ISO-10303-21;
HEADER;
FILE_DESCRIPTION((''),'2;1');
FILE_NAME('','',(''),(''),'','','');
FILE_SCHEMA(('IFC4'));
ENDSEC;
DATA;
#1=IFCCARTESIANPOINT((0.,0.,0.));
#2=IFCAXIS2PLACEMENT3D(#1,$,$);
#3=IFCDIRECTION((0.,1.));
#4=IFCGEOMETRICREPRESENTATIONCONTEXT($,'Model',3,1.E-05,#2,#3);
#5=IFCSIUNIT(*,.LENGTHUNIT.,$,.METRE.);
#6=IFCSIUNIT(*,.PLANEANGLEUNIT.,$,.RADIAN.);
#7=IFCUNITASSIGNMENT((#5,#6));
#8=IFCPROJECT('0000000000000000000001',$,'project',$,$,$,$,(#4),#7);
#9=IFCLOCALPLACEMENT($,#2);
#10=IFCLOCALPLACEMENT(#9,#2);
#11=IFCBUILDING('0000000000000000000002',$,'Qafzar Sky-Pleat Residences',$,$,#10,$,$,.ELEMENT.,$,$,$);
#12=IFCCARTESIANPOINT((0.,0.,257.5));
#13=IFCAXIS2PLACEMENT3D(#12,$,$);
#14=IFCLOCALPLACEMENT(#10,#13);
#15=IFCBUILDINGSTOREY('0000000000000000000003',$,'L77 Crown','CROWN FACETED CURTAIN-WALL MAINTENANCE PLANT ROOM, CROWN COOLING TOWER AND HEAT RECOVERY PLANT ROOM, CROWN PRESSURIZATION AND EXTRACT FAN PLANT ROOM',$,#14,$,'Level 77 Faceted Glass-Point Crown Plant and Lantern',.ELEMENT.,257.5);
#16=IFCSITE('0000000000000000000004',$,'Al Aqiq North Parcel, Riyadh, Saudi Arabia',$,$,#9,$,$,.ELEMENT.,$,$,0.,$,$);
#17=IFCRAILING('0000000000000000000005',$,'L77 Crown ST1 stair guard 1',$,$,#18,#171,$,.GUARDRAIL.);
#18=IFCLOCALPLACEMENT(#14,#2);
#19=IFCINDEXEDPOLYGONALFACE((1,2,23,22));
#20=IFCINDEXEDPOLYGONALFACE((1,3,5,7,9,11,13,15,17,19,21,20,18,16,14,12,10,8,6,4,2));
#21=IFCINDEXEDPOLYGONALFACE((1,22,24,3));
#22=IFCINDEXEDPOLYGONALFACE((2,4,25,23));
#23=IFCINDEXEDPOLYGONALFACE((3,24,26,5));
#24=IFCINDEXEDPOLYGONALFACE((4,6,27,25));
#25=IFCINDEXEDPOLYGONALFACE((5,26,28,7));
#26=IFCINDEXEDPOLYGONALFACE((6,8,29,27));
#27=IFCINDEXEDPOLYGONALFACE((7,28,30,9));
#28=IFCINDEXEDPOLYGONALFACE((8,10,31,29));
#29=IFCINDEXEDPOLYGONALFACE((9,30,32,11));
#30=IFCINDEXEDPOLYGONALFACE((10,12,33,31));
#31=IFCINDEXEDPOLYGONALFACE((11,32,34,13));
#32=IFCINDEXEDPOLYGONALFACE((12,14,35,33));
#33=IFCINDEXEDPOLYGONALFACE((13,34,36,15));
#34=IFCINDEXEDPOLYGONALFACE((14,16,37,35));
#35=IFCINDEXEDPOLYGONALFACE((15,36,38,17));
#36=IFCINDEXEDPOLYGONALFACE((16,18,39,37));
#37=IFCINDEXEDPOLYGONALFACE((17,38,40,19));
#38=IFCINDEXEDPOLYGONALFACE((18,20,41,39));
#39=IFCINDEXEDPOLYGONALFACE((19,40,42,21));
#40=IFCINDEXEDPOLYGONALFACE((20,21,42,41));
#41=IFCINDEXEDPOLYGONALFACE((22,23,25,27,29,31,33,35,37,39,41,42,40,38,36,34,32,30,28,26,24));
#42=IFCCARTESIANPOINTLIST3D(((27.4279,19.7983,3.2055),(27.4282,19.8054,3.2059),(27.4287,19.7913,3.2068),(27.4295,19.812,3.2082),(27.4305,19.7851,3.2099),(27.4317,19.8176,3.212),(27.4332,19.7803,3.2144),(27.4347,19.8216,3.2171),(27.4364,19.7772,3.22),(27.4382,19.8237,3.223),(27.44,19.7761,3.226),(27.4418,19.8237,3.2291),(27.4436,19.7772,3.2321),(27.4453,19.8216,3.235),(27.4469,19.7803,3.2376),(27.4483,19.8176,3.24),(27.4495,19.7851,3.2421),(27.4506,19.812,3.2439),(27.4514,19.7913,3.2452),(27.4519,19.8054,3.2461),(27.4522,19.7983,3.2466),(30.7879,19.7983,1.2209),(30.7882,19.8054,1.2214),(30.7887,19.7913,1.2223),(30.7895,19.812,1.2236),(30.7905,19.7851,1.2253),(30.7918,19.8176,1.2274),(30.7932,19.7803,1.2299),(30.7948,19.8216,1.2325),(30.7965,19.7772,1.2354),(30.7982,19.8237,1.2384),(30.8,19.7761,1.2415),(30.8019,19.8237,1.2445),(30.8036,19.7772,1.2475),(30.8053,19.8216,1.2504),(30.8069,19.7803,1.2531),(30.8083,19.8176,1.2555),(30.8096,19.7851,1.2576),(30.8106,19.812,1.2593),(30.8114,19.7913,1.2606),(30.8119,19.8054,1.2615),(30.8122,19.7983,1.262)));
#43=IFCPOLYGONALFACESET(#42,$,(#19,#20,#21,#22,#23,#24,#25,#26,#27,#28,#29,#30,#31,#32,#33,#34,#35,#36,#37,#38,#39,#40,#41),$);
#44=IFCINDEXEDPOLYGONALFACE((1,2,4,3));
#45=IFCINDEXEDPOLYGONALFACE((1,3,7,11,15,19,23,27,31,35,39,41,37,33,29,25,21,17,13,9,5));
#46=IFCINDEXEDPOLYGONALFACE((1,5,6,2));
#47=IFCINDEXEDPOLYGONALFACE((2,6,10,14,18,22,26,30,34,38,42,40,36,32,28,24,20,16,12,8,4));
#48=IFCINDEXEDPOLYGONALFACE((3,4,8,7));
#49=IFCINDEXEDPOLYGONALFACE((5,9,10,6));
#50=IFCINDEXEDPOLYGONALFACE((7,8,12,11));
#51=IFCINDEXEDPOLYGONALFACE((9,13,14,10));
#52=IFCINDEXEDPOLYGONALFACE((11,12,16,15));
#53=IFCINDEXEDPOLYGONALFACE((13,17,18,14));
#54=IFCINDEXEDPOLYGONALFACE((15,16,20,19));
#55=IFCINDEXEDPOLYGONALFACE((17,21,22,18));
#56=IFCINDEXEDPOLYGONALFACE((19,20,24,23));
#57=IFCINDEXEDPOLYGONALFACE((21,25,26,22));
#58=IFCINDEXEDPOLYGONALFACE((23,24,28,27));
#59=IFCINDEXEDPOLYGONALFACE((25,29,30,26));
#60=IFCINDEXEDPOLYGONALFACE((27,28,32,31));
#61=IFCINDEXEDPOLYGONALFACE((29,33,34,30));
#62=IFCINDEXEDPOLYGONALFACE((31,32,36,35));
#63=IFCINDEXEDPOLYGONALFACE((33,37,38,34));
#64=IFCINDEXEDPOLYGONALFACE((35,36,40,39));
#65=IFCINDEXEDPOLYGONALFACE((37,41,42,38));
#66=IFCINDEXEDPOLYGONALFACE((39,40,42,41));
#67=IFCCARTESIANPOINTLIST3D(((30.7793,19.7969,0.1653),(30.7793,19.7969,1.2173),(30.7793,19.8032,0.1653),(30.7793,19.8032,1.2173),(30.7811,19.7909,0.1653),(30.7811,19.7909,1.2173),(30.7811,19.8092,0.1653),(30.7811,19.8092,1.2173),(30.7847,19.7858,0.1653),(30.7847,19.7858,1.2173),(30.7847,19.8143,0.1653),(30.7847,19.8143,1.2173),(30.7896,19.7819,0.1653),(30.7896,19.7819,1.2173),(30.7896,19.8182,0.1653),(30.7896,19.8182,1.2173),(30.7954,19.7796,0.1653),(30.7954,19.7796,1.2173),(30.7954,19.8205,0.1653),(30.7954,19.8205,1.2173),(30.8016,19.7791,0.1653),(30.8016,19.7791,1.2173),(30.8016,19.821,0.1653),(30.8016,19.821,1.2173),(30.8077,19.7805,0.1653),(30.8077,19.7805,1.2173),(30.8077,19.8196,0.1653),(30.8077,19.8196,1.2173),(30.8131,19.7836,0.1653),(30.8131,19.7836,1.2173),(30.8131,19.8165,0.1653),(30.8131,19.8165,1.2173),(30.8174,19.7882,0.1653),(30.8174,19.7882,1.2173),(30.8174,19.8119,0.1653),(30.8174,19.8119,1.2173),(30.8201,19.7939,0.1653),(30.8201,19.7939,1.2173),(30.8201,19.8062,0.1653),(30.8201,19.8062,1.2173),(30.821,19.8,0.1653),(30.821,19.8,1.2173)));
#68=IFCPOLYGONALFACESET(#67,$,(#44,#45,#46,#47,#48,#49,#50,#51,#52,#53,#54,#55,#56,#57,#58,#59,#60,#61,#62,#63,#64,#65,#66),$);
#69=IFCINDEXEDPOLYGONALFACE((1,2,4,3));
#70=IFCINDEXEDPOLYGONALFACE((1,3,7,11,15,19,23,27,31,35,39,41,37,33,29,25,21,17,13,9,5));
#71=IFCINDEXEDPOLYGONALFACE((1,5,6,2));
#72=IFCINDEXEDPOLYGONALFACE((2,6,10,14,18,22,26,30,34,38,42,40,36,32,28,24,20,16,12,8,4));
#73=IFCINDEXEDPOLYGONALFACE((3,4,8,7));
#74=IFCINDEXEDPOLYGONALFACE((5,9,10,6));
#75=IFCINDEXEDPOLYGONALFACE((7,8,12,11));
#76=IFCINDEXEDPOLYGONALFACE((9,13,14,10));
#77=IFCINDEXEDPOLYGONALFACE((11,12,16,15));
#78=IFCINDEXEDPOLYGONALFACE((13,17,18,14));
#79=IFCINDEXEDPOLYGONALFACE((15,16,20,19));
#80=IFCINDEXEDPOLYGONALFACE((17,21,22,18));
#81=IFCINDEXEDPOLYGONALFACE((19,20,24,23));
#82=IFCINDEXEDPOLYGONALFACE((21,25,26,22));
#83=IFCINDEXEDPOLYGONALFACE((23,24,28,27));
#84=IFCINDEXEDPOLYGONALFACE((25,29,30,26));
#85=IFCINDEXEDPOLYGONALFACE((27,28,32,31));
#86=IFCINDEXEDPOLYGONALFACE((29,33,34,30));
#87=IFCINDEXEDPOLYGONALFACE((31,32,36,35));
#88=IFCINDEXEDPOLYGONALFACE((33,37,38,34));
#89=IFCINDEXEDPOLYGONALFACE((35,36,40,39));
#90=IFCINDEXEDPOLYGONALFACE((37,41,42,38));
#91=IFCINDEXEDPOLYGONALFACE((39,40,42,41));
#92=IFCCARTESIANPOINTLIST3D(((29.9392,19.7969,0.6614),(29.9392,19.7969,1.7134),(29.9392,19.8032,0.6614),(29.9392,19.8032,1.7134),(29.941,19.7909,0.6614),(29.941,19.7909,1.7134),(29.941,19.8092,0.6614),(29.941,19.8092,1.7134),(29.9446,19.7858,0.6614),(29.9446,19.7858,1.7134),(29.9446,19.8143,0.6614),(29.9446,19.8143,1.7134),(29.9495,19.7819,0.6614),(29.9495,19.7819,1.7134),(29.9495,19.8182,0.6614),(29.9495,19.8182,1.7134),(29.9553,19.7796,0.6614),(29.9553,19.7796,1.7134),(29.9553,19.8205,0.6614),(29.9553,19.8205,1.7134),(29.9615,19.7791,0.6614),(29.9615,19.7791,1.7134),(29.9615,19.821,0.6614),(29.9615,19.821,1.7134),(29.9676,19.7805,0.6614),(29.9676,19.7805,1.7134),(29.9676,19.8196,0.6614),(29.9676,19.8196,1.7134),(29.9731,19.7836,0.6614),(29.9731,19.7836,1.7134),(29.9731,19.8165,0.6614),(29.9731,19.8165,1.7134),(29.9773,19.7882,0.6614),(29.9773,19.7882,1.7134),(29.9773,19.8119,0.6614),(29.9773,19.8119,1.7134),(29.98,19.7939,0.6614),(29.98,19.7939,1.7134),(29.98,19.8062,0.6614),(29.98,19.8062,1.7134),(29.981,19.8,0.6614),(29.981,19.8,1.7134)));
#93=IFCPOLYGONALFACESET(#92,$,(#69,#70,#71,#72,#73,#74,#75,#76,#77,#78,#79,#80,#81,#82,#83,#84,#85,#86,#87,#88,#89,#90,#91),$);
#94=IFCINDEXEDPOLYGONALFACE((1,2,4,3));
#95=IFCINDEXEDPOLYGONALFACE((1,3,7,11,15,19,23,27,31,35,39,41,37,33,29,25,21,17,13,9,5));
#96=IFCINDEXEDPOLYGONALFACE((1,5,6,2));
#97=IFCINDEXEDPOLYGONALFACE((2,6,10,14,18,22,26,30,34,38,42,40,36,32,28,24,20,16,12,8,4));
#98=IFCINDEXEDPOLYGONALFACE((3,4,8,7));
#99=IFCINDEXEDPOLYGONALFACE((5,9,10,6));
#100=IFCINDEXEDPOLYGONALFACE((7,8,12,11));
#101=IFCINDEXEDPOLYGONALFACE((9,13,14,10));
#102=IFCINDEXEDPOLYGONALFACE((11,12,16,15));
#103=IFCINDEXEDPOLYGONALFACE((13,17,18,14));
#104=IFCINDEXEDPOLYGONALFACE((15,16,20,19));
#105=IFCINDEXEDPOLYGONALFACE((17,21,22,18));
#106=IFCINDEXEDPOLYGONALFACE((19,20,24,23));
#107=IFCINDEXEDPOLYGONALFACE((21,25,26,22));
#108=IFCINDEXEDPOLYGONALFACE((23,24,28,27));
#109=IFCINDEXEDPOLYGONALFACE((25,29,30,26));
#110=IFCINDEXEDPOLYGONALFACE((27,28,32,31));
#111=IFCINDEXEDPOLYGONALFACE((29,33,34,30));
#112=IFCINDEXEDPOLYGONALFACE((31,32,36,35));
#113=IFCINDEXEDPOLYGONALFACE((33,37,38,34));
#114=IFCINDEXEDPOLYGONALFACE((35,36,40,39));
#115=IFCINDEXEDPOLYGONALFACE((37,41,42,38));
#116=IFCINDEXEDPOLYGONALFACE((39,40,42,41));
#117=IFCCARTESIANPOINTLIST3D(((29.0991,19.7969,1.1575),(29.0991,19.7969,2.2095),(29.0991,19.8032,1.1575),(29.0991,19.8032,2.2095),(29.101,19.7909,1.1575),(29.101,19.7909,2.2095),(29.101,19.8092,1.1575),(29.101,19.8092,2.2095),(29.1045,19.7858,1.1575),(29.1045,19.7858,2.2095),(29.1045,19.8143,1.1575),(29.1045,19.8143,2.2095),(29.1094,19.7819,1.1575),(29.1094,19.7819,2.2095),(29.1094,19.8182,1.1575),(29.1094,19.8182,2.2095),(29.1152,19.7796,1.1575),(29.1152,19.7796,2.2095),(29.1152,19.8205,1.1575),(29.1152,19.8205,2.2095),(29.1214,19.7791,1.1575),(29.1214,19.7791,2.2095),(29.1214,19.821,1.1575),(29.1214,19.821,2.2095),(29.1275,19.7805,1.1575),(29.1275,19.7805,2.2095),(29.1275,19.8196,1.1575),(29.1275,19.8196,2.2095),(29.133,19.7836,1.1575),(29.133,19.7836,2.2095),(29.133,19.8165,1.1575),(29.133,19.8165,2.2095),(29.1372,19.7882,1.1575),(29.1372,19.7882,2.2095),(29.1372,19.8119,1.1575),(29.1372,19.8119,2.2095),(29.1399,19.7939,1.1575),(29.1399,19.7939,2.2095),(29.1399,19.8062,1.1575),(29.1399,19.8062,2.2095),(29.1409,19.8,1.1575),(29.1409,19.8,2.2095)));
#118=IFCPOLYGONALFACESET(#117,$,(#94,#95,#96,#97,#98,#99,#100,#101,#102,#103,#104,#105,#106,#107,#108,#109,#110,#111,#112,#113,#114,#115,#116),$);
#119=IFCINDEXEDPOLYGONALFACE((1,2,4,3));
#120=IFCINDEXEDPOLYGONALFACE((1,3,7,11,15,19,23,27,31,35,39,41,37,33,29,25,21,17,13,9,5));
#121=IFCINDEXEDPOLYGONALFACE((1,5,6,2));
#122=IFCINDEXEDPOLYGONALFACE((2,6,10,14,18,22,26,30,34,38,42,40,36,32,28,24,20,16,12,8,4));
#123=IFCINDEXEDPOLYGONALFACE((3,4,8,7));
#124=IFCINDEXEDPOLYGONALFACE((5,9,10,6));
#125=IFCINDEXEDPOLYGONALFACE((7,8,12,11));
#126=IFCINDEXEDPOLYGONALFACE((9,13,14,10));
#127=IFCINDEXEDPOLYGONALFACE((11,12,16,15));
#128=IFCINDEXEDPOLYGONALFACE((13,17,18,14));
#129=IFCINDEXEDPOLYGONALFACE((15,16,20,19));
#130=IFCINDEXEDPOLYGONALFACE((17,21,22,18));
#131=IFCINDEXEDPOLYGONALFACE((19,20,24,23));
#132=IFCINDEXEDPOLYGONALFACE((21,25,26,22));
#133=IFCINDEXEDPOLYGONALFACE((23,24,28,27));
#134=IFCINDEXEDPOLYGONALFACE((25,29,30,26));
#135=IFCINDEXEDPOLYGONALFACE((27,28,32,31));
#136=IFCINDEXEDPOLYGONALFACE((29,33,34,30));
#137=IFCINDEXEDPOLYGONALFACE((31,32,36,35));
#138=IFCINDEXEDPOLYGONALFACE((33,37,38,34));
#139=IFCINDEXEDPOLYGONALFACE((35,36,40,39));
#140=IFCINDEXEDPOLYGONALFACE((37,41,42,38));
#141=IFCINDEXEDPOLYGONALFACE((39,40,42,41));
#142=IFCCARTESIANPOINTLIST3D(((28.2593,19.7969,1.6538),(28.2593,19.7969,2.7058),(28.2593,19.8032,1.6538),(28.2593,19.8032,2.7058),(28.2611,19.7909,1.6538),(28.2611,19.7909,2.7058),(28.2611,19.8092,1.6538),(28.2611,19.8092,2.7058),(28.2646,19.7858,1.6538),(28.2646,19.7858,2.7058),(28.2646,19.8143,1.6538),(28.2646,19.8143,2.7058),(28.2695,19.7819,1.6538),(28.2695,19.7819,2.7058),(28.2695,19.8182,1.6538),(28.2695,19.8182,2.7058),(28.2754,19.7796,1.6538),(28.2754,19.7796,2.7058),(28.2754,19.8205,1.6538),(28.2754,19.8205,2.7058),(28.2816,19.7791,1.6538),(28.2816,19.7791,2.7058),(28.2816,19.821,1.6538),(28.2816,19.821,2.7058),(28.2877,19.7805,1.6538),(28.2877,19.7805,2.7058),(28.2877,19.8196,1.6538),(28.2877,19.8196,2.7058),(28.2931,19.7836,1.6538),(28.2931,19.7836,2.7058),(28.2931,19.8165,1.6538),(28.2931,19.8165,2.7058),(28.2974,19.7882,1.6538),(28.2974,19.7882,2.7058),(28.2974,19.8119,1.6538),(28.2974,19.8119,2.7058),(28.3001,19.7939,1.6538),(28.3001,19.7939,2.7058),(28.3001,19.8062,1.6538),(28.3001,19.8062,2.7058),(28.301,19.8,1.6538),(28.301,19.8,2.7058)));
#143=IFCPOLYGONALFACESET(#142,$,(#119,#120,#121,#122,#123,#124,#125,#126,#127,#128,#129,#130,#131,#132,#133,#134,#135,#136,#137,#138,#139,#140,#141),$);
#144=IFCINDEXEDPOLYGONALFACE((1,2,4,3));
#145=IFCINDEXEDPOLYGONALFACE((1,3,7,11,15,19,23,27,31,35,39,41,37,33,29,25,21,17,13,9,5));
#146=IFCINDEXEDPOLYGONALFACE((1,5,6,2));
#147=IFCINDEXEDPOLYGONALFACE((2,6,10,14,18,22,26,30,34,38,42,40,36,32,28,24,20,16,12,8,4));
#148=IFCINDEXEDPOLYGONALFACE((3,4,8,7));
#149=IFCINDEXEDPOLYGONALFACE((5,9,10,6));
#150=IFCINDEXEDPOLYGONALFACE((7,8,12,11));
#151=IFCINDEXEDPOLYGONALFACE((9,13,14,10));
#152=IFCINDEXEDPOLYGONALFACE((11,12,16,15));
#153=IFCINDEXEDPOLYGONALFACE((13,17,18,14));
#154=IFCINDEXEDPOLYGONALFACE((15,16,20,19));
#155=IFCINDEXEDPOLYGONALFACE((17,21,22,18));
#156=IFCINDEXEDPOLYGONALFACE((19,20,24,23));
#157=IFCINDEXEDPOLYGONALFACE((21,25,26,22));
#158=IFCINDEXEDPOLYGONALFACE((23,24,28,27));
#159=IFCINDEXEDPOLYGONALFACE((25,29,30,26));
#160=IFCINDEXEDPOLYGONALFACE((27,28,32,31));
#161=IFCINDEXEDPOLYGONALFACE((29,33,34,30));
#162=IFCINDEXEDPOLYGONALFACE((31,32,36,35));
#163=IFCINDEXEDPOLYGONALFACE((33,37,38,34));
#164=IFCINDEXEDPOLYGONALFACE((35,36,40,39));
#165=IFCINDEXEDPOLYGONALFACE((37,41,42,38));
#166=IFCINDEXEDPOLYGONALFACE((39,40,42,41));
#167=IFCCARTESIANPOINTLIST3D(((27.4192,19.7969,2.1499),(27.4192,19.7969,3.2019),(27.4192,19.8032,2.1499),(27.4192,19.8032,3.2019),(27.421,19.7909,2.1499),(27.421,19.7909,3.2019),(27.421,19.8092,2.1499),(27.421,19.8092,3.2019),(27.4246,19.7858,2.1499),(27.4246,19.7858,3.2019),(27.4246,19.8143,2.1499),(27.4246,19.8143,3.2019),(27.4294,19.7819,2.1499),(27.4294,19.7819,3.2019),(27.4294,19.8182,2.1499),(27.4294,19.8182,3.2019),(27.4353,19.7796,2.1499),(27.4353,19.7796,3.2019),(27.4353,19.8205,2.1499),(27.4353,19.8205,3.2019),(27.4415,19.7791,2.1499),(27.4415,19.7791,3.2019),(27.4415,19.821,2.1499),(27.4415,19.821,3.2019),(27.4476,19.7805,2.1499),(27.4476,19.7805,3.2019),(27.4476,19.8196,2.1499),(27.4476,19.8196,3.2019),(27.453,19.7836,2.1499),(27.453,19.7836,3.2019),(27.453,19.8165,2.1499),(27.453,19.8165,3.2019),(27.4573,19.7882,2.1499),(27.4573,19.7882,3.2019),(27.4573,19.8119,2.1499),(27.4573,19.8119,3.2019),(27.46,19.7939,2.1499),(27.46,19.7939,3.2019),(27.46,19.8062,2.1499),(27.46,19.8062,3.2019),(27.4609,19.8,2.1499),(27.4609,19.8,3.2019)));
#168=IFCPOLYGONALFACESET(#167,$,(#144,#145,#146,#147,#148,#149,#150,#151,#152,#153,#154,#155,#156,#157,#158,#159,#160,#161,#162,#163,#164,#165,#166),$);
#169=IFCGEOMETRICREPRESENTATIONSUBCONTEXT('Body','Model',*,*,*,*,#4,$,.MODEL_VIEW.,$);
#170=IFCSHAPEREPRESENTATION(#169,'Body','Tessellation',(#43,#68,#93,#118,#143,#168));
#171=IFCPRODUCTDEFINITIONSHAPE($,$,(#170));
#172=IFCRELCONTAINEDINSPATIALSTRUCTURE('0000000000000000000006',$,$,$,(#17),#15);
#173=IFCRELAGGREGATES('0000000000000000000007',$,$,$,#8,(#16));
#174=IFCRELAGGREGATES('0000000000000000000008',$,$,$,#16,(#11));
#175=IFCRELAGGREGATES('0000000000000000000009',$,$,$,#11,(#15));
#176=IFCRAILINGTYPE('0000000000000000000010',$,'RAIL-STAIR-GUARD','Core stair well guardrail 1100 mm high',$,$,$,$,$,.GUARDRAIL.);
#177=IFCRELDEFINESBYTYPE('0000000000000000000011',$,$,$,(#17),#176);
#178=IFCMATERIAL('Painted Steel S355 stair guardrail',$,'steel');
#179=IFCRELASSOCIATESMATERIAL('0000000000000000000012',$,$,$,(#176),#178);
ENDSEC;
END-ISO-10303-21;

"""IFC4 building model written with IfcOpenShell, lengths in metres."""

from ifc_helpers import new_model, si_unit, direction, frame, origin, origin_2d, place, context, subcontext, project, spatial, circle, extrude, source, transform, mapped, material, type_object, element, save


model = new_model("IFC4")

# Units and contexts
model_context = context("Model", 3, precision=1e-05, world=origin(), true_north=direction((0.0, 1.0)))
body_context = subcontext(model_context, "Body", "Model", "MODEL_VIEW")
ifc_project = project(units=[si_unit("LENGTHUNIT", "METRE"), si_unit("PLANEANGLEUNIT", "RADIAN")], contexts=[model_context])

# Site, building, storey
site_placement = place(None, origin())
site = spatial("IfcSite", under=ifc_project, at=site_placement, Name="Al Aqiq North Parcel, Riyadh, Saudi Arabia", CompositionType="ELEMENT", RefElevation=0.0)
building_placement = place(site_placement, origin())
building = spatial("IfcBuilding", under=site, at=building_placement, Name="Qafzar Sky-Pleat Residences", CompositionType="ELEMENT")
storey_placement = place(building_placement, frame((0.0, 0.0, 257.5)))
storey = spatial("IfcBuildingStorey", under=building, at=storey_placement, Name="L77 Crown", Description="CROWN FACETED CURTAIN-WALL MAINTENANCE PLANT ROOM, CROWN COOLING TOWER AND HEAT RECOVERY PLANT ROOM, CROWN PRESSURIZATION AND EXTRACT FAN PLANT ROOM", LongName="Level 77 Faceted Glass-Point Crown Plant and Lantern", CompositionType="ELEMENT", Elevation=257.5)

# Railing
ifc_material_1 = material(Name="Painted Steel S355 stair guardrail", Category="steel")
railing_type_1 = type_object("IfcRailingType", Name="RAIL-STAIR-GUARD", Description="Core stair well guardrail 1100 mm high", PredefinedType="GUARDRAIL", material=ifc_material_1)
shared_shape_1 = source(origin(), body_context, "Body", "SweptSolid", [
    extrude(circle(Radius=0.0239, at=origin_2d()), frame((0.0, 0.0, 1.0762), z_axis=(-0.861027, 0.0, 0.508559), x_axis=(0.0, -1.0, 0.0)), (0.0, 0.0, 1.0), 3.9023),
    extrude(circle(Radius=0.021, at=origin_2d()), origin(), (0.0, 0.0, 1.0), 1.052),
    extrude(circle(Radius=0.021, at=origin_2d()), frame((-0.8401, 0.0, 0.4961)), (0.0, 0.0, 1.0), 1.052),
    extrude(circle(Radius=0.021, at=origin_2d()), frame((-1.6802, 0.0, 0.9922)), (0.0, 0.0, 1.0), 1.052),
    extrude(circle(Radius=0.021, at=origin_2d()), frame((-2.52, 0.0, 1.4885)), (0.0, 0.0, 1.0), 1.052),
    extrude(circle(Radius=0.021, at=origin_2d()), frame((-3.3601, 0.0, 1.9846)), (0.0, 0.0, 1.0), 1.052),
])
railing_1_placement = place(storey_placement, frame((30.8, 19.8, 0.1653)))
element("IfcRailing", 1, at=railing_1_placement, inside=storey, type_object=railing_type_1, Name="L77 Crown ST1 stair guard 1", PredefinedType="GUARDRAIL", context=body_context, shape_type="MappedRepresentation", body=[
    mapped(shared_shape_1, transform((0.0, 0.0, 0.0), x_axis=(1.0, 0.0, 0.0), y_axis=(0.0, 1.0, 0.0), z_axis=(0.0, 0.0, 1.0), scale=1.0)),
])

save(model, "model.ifc")
